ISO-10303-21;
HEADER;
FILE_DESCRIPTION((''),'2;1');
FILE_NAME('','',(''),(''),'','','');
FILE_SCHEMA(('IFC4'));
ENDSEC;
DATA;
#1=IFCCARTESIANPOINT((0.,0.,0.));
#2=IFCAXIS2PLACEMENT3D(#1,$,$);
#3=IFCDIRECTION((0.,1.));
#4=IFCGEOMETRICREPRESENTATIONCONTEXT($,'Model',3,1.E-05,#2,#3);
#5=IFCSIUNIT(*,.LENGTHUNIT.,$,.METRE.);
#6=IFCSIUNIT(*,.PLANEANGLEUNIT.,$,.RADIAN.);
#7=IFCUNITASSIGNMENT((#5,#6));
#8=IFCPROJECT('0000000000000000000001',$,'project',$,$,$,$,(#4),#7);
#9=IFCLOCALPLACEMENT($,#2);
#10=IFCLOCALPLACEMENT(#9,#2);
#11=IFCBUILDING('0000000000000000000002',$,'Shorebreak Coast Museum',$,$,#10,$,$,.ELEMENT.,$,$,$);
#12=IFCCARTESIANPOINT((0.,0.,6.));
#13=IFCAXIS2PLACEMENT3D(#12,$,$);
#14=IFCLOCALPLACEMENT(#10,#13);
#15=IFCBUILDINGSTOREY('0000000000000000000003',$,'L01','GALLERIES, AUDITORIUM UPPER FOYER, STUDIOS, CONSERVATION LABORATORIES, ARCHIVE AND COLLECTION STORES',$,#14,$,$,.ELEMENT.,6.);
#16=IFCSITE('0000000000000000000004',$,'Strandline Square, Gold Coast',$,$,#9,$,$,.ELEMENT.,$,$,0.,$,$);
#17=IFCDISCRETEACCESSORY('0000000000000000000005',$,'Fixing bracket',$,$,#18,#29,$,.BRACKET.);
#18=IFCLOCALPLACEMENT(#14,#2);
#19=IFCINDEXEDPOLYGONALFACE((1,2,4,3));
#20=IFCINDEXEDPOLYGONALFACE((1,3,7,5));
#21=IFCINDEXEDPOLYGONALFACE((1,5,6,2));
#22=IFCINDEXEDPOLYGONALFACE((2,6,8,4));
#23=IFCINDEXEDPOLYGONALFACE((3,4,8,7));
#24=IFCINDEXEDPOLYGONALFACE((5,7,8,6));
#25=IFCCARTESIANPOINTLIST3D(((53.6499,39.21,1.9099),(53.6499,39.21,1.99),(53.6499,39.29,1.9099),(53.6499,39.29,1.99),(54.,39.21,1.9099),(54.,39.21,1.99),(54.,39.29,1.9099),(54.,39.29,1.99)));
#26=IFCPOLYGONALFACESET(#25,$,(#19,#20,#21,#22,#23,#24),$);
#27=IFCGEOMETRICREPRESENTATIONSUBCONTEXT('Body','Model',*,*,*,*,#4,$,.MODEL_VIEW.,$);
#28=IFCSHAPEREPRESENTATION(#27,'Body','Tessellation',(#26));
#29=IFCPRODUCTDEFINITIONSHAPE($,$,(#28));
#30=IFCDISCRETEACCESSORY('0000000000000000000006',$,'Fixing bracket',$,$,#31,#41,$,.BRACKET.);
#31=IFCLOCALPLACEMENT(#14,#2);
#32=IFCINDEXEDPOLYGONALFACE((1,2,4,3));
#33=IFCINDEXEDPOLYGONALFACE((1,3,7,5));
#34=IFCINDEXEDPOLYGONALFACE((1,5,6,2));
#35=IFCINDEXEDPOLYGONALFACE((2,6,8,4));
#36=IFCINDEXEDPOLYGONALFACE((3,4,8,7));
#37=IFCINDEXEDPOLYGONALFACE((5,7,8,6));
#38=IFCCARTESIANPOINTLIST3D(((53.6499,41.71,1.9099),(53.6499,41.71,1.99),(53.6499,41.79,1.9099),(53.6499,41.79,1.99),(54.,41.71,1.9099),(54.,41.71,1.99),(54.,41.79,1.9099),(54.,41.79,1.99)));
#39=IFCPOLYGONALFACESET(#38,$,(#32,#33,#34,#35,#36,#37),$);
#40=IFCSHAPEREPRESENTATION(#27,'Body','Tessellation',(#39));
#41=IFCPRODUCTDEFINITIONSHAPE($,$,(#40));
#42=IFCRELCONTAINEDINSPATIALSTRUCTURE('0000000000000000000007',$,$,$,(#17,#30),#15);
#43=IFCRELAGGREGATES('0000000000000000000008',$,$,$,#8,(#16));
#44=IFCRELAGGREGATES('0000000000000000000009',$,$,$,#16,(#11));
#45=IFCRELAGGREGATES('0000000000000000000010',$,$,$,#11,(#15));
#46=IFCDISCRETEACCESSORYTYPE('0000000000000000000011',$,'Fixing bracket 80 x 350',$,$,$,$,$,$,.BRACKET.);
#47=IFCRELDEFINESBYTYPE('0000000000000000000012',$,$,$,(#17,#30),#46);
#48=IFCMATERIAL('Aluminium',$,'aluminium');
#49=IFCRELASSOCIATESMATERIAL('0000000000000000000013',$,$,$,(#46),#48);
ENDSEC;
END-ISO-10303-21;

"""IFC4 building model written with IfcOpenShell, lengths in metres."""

from ifc_helpers import new_model, si_unit, direction, frame, origin, origin_2d, place, context, subcontext, project, spatial, rectangle, extrude, material, type_object, element, save


model = new_model("IFC4")

# Units and contexts
model_context = context("Model", 3, precision=1e-05, world=origin(), true_north=direction((0.0, 1.0)))
body_context = subcontext(model_context, "Body", "Model", "MODEL_VIEW")
ifc_project = project(units=[si_unit("LENGTHUNIT", "METRE"), si_unit("PLANEANGLEUNIT", "RADIAN")], contexts=[model_context])

# Site, building, storey
site_placement = place(None, origin())
site = spatial("IfcSite", under=ifc_project, at=site_placement, Name="Strandline Square, Gold Coast", CompositionType="ELEMENT", RefElevation=0.0)
building_placement = place(site_placement, origin())
building = spatial("IfcBuilding", under=site, at=building_placement, Name="Shorebreak Coast Museum", CompositionType="ELEMENT")
storey_placement = place(building_placement, frame((0.0, 0.0, 6.0)))
storey = spatial("IfcBuildingStorey", under=building, at=storey_placement, Name="L01", Description="GALLERIES, AUDITORIUM UPPER FOYER, STUDIOS, CONSERVATION LABORATORIES, ARCHIVE AND COLLECTION STORES", CompositionType="ELEMENT", Elevation=6.0)

# Discrete accessories
ifc_material_1 = material(Name="Aluminium", Category="aluminium")
discrete_accessory_type = type_object("IfcDiscreteAccessoryType", Name="Fixing bracket 80 x 350", PredefinedType="BRACKET", material=ifc_material_1)
for number, where, z_axis, x_axis, name in (
    (1, (53.825, 39.25, 1.9099), (0.0, 0.0, 1.0), (1.0, 0.0, 0.0), "Fixing bracket"),
    (2, (53.825, 41.75, 1.9099), (0.0, 0.0, 1.0), (1.0, 0.0, 0.0), "Fixing bracket"),
):
    element("IfcDiscreteAccessory", number, at=place(storey_placement, frame(where, z_axis=z_axis, x_axis=x_axis)), inside=storey, type_object=discrete_accessory_type, Name=name, PredefinedType="BRACKET", context=body_context, shape_type="SweptSolid", body=[
        extrude(rectangle(XDim=0.3501, YDim=0.0801, at=origin_2d()), origin(), (0.0, 0.0, 1.0), 0.0801),
    ])

save(model, "model.ifc")
